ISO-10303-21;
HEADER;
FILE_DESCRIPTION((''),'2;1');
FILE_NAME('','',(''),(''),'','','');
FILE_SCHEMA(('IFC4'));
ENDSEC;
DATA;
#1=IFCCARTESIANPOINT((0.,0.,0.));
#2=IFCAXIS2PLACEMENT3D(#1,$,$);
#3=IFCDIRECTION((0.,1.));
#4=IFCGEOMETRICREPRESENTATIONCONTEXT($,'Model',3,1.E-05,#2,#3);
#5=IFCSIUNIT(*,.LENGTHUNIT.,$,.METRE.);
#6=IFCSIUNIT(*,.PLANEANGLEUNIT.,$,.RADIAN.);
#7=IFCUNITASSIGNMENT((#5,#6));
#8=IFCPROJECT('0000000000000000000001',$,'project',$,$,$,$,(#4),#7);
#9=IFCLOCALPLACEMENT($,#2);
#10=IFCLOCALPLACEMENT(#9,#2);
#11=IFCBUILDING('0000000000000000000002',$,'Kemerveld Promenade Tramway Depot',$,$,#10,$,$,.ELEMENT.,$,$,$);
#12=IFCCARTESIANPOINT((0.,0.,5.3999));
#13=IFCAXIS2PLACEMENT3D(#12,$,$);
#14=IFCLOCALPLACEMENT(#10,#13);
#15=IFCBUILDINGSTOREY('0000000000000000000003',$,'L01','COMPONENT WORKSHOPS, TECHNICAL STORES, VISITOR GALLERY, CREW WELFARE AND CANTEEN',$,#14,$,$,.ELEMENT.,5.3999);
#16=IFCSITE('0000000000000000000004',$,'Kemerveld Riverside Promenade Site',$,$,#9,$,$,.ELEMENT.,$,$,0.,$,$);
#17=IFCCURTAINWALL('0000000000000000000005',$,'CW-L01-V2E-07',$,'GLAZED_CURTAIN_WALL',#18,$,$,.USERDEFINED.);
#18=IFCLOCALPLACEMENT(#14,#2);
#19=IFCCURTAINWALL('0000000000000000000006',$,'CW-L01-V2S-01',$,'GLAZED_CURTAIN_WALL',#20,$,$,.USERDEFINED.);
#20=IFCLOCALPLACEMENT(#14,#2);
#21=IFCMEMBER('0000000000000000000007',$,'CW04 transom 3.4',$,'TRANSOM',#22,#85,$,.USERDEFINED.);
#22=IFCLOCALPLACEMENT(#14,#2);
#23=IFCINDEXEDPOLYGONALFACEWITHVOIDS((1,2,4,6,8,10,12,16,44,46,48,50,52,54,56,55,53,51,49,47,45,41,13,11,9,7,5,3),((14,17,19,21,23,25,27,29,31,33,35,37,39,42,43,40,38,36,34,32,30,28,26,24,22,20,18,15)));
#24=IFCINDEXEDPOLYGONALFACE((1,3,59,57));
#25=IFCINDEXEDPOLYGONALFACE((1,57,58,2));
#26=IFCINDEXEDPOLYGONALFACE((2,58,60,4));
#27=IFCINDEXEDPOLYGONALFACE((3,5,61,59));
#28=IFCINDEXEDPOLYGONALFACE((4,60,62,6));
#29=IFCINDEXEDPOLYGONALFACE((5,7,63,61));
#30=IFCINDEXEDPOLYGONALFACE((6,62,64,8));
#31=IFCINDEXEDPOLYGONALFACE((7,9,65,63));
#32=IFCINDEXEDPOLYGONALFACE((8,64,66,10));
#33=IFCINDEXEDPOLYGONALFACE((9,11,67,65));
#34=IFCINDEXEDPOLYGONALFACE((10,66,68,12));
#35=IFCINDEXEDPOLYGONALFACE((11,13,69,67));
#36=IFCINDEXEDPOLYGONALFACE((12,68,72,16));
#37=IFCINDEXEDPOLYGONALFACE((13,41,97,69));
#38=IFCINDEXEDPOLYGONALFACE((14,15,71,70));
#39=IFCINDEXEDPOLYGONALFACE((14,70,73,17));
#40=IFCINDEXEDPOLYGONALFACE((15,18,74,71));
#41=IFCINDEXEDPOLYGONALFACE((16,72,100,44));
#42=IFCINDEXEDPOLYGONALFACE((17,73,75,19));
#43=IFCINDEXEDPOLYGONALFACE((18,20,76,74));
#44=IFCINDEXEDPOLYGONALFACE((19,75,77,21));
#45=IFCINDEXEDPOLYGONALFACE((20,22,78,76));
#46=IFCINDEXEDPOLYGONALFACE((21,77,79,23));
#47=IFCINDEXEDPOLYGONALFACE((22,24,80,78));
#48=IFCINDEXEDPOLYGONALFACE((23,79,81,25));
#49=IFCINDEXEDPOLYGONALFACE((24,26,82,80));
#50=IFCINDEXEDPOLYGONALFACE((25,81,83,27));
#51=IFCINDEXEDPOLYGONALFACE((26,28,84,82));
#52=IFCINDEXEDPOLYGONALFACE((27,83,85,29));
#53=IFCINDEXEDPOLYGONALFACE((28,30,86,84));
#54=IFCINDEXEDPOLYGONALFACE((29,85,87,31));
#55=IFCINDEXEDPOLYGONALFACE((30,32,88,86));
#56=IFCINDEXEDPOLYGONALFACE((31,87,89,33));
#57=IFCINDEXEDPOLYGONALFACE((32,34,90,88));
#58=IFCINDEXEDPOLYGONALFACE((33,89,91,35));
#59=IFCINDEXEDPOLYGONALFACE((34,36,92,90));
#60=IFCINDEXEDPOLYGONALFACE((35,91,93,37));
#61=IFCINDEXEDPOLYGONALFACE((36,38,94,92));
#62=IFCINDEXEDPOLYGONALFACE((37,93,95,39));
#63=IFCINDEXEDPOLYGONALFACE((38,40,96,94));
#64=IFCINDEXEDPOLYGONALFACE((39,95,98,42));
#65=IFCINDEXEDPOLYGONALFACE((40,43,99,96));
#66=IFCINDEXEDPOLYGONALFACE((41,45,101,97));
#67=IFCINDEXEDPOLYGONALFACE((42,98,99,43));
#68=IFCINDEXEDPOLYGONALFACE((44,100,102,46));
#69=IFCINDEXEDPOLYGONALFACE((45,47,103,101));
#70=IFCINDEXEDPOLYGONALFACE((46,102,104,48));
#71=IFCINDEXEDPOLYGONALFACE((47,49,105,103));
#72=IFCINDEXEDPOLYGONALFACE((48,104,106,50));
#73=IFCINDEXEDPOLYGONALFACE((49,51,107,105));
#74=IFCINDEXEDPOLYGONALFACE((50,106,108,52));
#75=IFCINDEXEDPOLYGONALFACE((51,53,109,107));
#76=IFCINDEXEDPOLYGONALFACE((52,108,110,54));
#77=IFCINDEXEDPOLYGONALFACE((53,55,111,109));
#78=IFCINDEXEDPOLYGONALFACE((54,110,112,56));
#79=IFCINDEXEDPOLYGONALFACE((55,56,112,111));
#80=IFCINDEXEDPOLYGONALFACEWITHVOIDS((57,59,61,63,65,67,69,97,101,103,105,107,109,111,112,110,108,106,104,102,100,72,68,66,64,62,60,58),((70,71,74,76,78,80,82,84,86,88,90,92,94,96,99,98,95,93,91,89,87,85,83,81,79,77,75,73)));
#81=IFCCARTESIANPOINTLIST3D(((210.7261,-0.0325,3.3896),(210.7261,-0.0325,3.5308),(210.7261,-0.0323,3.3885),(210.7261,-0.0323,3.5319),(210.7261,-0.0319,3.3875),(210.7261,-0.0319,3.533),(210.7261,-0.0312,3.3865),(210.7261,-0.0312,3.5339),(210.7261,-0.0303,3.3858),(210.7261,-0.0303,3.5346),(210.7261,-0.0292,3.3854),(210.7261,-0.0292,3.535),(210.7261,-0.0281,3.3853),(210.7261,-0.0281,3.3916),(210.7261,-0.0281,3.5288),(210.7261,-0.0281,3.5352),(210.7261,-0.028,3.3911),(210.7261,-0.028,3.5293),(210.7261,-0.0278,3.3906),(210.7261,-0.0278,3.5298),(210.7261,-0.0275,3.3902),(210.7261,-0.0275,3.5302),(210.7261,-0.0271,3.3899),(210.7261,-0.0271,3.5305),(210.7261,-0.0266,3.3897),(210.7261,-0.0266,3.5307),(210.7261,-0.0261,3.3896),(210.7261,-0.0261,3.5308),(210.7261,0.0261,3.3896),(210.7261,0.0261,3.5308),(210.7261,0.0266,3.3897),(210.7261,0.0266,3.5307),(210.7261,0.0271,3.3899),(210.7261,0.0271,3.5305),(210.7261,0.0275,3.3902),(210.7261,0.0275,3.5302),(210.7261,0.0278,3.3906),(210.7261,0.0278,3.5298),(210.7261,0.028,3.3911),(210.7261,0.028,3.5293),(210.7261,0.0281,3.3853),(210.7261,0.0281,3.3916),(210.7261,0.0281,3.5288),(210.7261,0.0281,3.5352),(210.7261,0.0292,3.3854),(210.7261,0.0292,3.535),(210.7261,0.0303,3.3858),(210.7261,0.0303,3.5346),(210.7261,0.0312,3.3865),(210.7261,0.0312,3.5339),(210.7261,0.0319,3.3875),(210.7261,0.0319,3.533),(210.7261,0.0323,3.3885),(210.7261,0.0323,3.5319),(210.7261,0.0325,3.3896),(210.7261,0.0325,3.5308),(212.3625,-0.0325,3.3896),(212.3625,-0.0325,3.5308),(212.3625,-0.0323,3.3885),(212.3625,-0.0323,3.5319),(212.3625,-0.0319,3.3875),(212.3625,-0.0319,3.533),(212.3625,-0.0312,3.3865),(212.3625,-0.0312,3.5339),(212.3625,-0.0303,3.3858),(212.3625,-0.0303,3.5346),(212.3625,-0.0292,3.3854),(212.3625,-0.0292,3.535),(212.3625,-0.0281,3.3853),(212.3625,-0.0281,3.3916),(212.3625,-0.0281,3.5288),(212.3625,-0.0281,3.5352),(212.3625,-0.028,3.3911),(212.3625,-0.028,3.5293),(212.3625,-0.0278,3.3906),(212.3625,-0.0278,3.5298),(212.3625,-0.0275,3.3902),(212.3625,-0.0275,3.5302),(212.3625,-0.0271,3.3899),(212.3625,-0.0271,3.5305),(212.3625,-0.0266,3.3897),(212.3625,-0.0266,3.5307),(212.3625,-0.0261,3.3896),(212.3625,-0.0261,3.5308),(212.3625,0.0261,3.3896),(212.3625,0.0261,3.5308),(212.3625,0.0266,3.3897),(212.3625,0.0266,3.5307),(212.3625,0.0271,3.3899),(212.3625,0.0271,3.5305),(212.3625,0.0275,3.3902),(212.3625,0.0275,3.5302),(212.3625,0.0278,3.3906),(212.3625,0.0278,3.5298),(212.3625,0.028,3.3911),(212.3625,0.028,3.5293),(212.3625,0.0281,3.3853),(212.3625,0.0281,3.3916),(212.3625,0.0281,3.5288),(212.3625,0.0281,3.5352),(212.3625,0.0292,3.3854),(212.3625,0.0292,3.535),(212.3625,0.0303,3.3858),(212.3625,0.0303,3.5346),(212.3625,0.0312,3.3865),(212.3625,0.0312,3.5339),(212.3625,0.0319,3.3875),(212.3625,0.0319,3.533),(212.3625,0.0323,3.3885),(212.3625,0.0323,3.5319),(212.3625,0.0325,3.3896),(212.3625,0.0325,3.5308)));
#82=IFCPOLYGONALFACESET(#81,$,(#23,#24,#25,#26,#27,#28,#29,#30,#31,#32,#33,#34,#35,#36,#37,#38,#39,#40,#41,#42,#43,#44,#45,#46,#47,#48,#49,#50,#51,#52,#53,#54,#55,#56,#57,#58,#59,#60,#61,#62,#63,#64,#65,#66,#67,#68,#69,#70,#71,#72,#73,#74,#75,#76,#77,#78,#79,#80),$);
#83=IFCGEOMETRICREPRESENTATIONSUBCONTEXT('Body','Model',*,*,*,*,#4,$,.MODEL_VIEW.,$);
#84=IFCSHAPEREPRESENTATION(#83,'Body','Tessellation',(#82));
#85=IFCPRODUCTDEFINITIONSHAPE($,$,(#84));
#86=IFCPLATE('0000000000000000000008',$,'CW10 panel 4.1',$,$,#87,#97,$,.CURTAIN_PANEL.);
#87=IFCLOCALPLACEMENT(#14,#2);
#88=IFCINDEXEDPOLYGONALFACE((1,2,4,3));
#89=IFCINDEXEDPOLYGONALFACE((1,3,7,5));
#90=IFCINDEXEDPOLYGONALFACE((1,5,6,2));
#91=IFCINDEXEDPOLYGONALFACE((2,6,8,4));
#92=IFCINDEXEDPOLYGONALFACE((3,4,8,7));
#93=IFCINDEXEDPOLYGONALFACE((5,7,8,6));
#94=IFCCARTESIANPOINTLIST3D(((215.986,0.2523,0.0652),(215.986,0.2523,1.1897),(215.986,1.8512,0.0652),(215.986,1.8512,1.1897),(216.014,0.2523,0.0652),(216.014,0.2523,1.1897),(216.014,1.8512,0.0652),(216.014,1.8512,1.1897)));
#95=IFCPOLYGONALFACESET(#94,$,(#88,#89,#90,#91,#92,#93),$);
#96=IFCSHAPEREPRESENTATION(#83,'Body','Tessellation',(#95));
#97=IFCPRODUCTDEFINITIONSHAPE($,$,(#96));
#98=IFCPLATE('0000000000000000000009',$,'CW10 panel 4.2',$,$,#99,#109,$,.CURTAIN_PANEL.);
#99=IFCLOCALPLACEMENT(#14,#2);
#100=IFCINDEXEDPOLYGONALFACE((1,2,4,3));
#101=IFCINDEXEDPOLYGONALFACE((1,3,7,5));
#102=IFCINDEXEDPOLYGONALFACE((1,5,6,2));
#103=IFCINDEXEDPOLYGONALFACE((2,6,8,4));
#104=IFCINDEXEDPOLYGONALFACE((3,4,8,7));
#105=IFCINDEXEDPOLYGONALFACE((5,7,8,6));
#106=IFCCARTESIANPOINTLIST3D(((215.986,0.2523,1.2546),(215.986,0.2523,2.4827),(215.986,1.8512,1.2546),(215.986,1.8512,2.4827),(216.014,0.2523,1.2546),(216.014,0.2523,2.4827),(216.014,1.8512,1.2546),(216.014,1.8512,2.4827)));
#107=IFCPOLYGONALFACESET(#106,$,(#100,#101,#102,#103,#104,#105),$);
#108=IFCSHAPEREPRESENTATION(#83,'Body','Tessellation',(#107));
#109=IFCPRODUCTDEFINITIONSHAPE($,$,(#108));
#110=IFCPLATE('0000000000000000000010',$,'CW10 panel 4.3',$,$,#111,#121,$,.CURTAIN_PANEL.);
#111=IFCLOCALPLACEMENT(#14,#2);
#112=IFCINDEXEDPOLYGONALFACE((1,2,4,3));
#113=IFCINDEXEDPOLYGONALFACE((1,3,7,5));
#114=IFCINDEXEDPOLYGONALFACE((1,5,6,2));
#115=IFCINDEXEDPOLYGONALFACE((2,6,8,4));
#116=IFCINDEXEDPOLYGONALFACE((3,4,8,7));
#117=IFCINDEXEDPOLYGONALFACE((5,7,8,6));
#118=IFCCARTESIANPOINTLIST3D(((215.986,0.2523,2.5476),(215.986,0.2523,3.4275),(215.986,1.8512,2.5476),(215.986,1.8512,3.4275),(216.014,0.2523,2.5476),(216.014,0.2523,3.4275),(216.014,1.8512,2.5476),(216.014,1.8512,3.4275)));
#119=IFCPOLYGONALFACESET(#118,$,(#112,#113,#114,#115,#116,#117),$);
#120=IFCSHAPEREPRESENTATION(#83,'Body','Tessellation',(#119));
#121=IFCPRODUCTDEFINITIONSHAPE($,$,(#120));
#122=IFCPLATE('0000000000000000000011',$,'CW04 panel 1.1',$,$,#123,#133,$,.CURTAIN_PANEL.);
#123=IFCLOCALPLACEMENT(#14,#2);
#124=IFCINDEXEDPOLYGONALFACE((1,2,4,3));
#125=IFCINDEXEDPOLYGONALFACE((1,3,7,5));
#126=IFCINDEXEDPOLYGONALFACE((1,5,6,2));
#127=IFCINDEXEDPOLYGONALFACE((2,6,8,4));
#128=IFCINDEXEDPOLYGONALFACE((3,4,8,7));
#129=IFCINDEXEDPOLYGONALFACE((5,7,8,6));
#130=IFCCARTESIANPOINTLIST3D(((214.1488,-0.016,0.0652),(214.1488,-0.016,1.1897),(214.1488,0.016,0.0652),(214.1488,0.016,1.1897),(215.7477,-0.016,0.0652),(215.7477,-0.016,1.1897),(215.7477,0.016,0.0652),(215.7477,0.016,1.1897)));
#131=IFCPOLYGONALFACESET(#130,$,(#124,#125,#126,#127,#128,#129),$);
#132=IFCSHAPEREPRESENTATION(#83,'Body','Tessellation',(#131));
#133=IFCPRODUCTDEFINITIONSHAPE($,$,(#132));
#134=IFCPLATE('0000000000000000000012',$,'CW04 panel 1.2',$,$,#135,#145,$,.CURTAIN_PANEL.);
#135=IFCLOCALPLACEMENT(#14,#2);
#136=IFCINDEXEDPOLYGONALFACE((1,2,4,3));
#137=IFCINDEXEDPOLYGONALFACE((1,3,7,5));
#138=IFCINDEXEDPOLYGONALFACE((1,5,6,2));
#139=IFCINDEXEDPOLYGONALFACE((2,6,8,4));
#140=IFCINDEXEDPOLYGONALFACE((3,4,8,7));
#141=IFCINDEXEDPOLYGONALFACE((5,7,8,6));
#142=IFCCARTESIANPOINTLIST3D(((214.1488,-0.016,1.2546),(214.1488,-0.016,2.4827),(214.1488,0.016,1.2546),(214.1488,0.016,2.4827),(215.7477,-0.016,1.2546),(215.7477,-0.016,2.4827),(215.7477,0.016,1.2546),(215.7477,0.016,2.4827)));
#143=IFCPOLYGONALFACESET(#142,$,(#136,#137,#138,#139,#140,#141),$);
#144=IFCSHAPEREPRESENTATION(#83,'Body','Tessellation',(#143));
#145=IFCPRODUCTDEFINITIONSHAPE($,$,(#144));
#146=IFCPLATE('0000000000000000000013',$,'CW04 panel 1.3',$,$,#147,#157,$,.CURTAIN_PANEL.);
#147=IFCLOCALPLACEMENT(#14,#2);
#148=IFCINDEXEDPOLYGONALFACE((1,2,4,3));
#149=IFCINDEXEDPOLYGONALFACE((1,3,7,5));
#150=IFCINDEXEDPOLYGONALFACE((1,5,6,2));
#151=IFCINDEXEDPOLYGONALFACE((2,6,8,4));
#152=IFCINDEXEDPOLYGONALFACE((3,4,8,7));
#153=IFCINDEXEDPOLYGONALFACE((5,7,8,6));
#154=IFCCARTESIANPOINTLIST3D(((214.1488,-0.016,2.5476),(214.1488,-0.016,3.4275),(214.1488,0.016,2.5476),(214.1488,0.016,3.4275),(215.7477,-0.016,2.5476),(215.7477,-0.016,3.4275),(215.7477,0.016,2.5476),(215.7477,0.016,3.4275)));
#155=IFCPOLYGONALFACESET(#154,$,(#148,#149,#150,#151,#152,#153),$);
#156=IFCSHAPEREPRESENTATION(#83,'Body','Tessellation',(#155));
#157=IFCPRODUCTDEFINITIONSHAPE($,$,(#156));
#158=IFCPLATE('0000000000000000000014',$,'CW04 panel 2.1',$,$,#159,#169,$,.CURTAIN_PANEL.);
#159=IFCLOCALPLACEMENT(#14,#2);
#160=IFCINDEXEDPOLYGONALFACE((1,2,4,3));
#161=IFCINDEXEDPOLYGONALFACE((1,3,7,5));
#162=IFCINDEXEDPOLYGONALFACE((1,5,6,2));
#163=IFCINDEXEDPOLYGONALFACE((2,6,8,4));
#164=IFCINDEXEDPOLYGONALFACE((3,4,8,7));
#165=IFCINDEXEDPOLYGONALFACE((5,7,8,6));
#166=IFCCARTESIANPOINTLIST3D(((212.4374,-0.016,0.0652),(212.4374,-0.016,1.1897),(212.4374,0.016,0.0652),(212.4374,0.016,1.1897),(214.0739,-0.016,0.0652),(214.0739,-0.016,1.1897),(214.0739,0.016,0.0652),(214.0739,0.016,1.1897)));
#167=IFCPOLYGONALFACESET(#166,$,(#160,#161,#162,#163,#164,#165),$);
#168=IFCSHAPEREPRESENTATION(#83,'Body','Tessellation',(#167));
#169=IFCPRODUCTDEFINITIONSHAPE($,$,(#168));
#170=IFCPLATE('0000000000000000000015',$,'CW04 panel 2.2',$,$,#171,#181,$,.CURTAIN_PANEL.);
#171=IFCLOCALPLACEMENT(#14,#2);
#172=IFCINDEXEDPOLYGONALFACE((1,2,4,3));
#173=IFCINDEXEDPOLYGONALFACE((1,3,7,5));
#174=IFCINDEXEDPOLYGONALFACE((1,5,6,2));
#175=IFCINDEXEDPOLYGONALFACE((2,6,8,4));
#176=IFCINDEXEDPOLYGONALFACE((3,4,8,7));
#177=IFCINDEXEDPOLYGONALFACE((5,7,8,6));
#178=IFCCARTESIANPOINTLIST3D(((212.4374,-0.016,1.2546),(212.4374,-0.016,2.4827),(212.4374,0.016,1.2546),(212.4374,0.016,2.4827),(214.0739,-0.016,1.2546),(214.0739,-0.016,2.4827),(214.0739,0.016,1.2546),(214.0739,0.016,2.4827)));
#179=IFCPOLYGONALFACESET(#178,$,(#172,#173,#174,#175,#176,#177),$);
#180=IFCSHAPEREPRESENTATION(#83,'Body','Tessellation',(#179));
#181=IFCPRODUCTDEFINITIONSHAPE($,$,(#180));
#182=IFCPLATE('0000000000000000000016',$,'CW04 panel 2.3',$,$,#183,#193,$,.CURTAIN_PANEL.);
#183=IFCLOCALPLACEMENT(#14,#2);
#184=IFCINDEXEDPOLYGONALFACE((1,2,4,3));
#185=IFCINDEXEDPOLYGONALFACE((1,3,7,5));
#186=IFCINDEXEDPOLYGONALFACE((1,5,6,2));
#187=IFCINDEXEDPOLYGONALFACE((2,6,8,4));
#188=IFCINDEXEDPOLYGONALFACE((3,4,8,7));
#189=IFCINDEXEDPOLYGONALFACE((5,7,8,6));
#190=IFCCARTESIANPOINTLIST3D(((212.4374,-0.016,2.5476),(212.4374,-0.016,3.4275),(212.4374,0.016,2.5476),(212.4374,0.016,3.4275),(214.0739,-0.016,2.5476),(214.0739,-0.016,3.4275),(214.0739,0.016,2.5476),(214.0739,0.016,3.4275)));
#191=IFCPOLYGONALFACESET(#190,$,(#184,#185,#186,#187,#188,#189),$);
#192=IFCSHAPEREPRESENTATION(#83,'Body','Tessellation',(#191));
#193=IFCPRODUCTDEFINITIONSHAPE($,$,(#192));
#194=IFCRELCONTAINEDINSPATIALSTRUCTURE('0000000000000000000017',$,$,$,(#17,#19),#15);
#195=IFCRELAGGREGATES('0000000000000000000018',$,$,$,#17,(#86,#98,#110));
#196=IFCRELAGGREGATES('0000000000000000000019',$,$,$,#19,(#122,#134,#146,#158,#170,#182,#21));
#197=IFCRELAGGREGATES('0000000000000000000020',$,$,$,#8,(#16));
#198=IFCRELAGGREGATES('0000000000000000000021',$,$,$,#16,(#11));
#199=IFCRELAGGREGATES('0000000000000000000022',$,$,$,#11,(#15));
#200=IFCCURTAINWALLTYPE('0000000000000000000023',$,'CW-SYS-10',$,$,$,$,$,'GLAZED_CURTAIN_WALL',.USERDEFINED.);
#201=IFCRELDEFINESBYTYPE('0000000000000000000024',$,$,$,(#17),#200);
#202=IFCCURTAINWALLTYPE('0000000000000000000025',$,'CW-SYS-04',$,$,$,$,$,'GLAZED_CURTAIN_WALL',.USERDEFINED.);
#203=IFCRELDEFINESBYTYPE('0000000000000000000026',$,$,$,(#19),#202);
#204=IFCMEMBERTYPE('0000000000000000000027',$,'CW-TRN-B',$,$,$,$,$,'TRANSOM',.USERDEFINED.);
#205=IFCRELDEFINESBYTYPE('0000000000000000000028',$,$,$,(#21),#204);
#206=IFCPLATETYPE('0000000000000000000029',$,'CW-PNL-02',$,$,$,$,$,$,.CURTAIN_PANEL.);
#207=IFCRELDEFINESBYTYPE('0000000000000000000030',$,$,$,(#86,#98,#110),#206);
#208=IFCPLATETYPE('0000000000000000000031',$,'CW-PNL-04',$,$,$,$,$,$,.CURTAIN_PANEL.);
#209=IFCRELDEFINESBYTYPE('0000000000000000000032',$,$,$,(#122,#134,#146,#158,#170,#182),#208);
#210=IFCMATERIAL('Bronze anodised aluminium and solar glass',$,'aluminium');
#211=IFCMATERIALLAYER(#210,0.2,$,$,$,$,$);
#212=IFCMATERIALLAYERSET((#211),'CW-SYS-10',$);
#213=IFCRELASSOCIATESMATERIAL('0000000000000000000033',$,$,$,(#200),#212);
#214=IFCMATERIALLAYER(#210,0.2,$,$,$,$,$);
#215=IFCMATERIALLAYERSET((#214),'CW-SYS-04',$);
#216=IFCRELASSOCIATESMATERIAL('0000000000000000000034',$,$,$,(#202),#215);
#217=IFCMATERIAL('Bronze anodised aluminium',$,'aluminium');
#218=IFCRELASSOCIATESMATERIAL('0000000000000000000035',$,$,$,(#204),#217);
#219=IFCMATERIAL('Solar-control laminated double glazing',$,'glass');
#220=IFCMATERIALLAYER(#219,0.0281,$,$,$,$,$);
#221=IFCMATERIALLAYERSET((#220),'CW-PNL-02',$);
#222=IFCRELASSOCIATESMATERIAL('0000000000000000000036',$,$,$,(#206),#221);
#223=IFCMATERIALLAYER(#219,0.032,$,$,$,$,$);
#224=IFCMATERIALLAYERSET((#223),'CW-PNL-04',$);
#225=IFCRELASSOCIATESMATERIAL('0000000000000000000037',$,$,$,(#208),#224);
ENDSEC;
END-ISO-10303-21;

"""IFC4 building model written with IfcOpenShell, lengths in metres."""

from ifc_helpers import new_model, si_unit, direction, frame, origin, origin_2d, place, context, subcontext, project, spatial, rectangle, hollow_rectangle, extrude, material, layer, layer_set, material_profile, profile_set, type_object, element, aggregate, save


model = new_model("IFC4")

# Units and contexts
model_context = context("Model", 3, precision=1e-05, world=origin(), true_north=direction((0.0, 1.0)))
body_context = subcontext(model_context, "Body", "Model", "MODEL_VIEW")
ifc_project = project(units=[si_unit("LENGTHUNIT", "METRE"), si_unit("PLANEANGLEUNIT", "RADIAN")], contexts=[model_context])

# Site, building, storey
site_placement = place(None, origin())
site = spatial("IfcSite", under=ifc_project, at=site_placement, Name="Kemerveld Riverside Promenade Site", CompositionType="ELEMENT", RefElevation=0.0)
building_placement = place(site_placement, origin())
building = spatial("IfcBuilding", under=site, at=building_placement, Name="Kemerveld Promenade Tramway Depot", CompositionType="ELEMENT")
storey_placement = place(building_placement, frame((0.0, 0.0, 5.3999)))
storey = spatial("IfcBuildingStorey", under=building, at=storey_placement, Name="L01", Description="COMPONENT WORKSHOPS, TECHNICAL STORES, VISITOR GALLERY, CREW WELFARE AND CANTEEN", CompositionType="ELEMENT", Elevation=5.3999)

# Curtain wall
ifc_material_1 = material(Name="Bronze anodised aluminium and solar glass", Category="aluminium")
ifc_layer_1 = layer(ifc_material_1, 0.2)
ifc_layer_set_1 = layer_set([ifc_layer_1], Name="CW-SYS-10")
curtain_wall_type_1 = type_object("IfcCurtainWallType", Name="CW-SYS-10", ElementType="GLAZED_CURTAIN_WALL", PredefinedType="USERDEFINED", material=ifc_layer_set_1)
curtain_wall_1_placement = place(storey_placement, origin())
curtain_wall_1 = element("IfcCurtainWall", 1, at=curtain_wall_1_placement, inside=storey, type_object=curtain_wall_type_1, Name="CW-L01-V2E-07", ObjectType="GLAZED_CURTAIN_WALL", PredefinedType="USERDEFINED")
ifc_material_2 = material(Name="Bronze anodised aluminium", Category="aluminium")

# Curtain wall, member
ifc_layer_2 = layer(ifc_material_1, 0.2)
ifc_layer_set_2 = layer_set([ifc_layer_2], Name="CW-SYS-04")
curtain_wall_type_2 = type_object("IfcCurtainWallType", Name="CW-SYS-04", ElementType="GLAZED_CURTAIN_WALL", PredefinedType="USERDEFINED", material=ifc_layer_set_2)
curtain_wall_2_placement = place(storey_placement, origin())
curtain_wall_2 = element("IfcCurtainWall", 2, at=curtain_wall_2_placement, inside=storey, type_object=curtain_wall_type_2, Name="CW-L01-V2S-01", ObjectType="GLAZED_CURTAIN_WALL", PredefinedType="USERDEFINED")
ifc_material_profile_1 = material_profile(ifc_material_2, hollow_rectangle(XDim=0.0649, YDim=0.1499, WallThickness=0.0044, InnerFilletRadius=0.002, OuterFilletRadius=0.0044, at=origin_2d()), Name="CW-TRN-150x65")
ifc_profile_set_1 = profile_set([ifc_material_profile_1], Name="Bronze anodised aluminium")
member_type_1 = type_object("IfcMemberType", Name="CW-TRN-B", ElementType="TRANSOM", PredefinedType="USERDEFINED", material=ifc_profile_set_1)
member_1_placement = place(storey_placement, frame((212.3625, 0.0, 3.4602), z_axis=(-1.0, 0.0, 0.0), x_axis=(0.0, -1.0, 0.0)))
member_1 = element("IfcMember", 3, at=member_1_placement, type_object=member_type_1, Name="CW04 transom 3.4", ObjectType="TRANSOM", PredefinedType="USERDEFINED", context=body_context, shape_type="SweptSolid", body=[
    extrude(hollow_rectangle(XDim=0.0649, YDim=0.1499, WallThickness=0.0044, InnerFilletRadius=0.002, OuterFilletRadius=0.0044, at=origin_2d()), origin(), (0.0, 0.0, 1.0), 1.6365),
])

# Plates
ifc_material_3 = material(Name="Solar-control laminated double glazing", Category="glass")
ifc_layer_3 = layer(ifc_material_3, 0.0281)
ifc_layer_set_3 = layer_set([ifc_layer_3], Name="CW-PNL-02")
plate_type_1 = type_object("IfcPlateType", Name="CW-PNL-02", PredefinedType="CURTAIN_PANEL", material=ifc_layer_set_3)
plate_1_placement = place(storey_placement, frame((216.0, 1.0518, 0.0652), z_axis=(0.0, 0.0, 1.0), x_axis=(0.0, -1.0, 0.0)))
plate_1 = element("IfcPlate", 4, at=plate_1_placement, type_object=plate_type_1, Name="CW10 panel 4.1", PredefinedType="CURTAIN_PANEL", context=body_context, shape_type="SweptSolid", body=[
    extrude(rectangle(XDim=1.5989, YDim=0.0281, at=origin_2d()), origin(), (0.0, 0.0, 1.0), 1.1245),
])
plate_2_placement = place(storey_placement, frame((216.0, 1.0518, 1.2546), z_axis=(0.0, 0.0, 1.0), x_axis=(0.0, -1.0, 0.0)))
plate_2 = element("IfcPlate", 5, at=plate_2_placement, type_object=plate_type_1, Name="CW10 panel 4.2", PredefinedType="CURTAIN_PANEL", context=body_context, shape_type="SweptSolid", body=[
    extrude(rectangle(XDim=1.5989, YDim=0.0281, at=origin_2d()), origin(), (0.0, 0.0, 1.0), 1.228),
])
plate_3_placement = place(storey_placement, frame((216.0, 1.0518, 2.5476), z_axis=(0.0, 0.0, 1.0), x_axis=(0.0, -1.0, 0.0)))
plate_3 = element("IfcPlate", 6, at=plate_3_placement, type_object=plate_type_1, Name="CW10 panel 4.3", PredefinedType="CURTAIN_PANEL", context=body_context, shape_type="SweptSolid", body=[
    extrude(rectangle(XDim=1.5989, YDim=0.0281, at=origin_2d()), origin(), (0.0, 0.0, 1.0), 0.8799),
])
aggregate(curtain_wall_1, [plate_1, plate_2, plate_3])
ifc_layer_4 = layer(ifc_material_3, 0.032)
ifc_layer_set_4 = layer_set([ifc_layer_4], Name="CW-PNL-04")
plate_type_2 = type_object("IfcPlateType", Name="CW-PNL-04", PredefinedType="CURTAIN_PANEL", material=ifc_layer_set_4)
plate_4_placement = place(storey_placement, frame((214.9482, 0.0, 0.0652), z_axis=(0.0, 0.0, 1.0), x_axis=(-1.0, 0.0, 0.0)))
plate_4 = element("IfcPlate", 7, at=plate_4_placement, type_object=plate_type_2, Name="CW04 panel 1.1", PredefinedType="CURTAIN_PANEL", context=body_context, shape_type="SweptSolid", body=[
    extrude(rectangle(XDim=1.5989, YDim=0.032, at=origin_2d()), origin(), (0.0, 0.0, 1.0), 1.1245),
])
plate_5_placement = place(storey_placement, frame((214.9482, 0.0, 1.2546), z_axis=(0.0, 0.0, 1.0), x_axis=(-1.0, 0.0, 0.0)))
plate_5 = element("IfcPlate", 8, at=plate_5_placement, type_object=plate_type_2, Name="CW04 panel 1.2", PredefinedType="CURTAIN_PANEL", context=body_context, shape_type="SweptSolid", body=[
    extrude(rectangle(XDim=1.5989, YDim=0.032, at=origin_2d()), origin(), (0.0, 0.0, 1.0), 1.228),
])
plate_6_placement = place(storey_placement, frame((214.9482, 0.0, 2.5476), z_axis=(0.0, 0.0, 1.0), x_axis=(-1.0, 0.0, 0.0)))
plate_6 = element("IfcPlate", 9, at=plate_6_placement, type_object=plate_type_2, Name="CW04 panel 1.3", PredefinedType="CURTAIN_PANEL", context=body_context, shape_type="SweptSolid", body=[
    extrude(rectangle(XDim=1.5989, YDim=0.032, at=origin_2d()), origin(), (0.0, 0.0, 1.0), 0.8799),
])
plate_7_placement = place(storey_placement, frame((213.2556, 0.0, 0.0652), z_axis=(0.0, 0.0, 1.0), x_axis=(-1.0, 0.0, 0.0)))
plate_7 = element("IfcPlate", 10, at=plate_7_placement, type_object=plate_type_2, Name="CW04 panel 2.1", PredefinedType="CURTAIN_PANEL", context=body_context, shape_type="SweptSolid", body=[
    extrude(rectangle(XDim=1.6365, YDim=0.032, at=origin_2d()), origin(), (0.0, 0.0, 1.0), 1.1245),
])
plate_8_placement = place(storey_placement, frame((213.2556, 0.0, 1.2546), z_axis=(0.0, 0.0, 1.0), x_axis=(-1.0, 0.0, 0.0)))
plate_8 = element("IfcPlate", 11, at=plate_8_placement, type_object=plate_type_2, Name="CW04 panel 2.2", PredefinedType="CURTAIN_PANEL", context=body_context, shape_type="SweptSolid", body=[
    extrude(rectangle(XDim=1.6365, YDim=0.032, at=origin_2d()), origin(), (0.0, 0.0, 1.0), 1.228),
])
plate_9_placement = place(storey_placement, frame((213.2556, 0.0, 2.5476), z_axis=(0.0, 0.0, 1.0), x_axis=(-1.0, 0.0, 0.0)))
plate_9 = element("IfcPlate", 12, at=plate_9_placement, type_object=plate_type_2, Name="CW04 panel 2.3", PredefinedType="CURTAIN_PANEL", context=body_context, shape_type="SweptSolid", body=[
    extrude(rectangle(XDim=1.6365, YDim=0.032, at=origin_2d()), origin(), (0.0, 0.0, 1.0), 0.8799),
])
aggregate(curtain_wall_2, [plate_4, plate_5, plate_6, plate_7, plate_8, plate_9, member_1])

save(model, "model.ifc")
